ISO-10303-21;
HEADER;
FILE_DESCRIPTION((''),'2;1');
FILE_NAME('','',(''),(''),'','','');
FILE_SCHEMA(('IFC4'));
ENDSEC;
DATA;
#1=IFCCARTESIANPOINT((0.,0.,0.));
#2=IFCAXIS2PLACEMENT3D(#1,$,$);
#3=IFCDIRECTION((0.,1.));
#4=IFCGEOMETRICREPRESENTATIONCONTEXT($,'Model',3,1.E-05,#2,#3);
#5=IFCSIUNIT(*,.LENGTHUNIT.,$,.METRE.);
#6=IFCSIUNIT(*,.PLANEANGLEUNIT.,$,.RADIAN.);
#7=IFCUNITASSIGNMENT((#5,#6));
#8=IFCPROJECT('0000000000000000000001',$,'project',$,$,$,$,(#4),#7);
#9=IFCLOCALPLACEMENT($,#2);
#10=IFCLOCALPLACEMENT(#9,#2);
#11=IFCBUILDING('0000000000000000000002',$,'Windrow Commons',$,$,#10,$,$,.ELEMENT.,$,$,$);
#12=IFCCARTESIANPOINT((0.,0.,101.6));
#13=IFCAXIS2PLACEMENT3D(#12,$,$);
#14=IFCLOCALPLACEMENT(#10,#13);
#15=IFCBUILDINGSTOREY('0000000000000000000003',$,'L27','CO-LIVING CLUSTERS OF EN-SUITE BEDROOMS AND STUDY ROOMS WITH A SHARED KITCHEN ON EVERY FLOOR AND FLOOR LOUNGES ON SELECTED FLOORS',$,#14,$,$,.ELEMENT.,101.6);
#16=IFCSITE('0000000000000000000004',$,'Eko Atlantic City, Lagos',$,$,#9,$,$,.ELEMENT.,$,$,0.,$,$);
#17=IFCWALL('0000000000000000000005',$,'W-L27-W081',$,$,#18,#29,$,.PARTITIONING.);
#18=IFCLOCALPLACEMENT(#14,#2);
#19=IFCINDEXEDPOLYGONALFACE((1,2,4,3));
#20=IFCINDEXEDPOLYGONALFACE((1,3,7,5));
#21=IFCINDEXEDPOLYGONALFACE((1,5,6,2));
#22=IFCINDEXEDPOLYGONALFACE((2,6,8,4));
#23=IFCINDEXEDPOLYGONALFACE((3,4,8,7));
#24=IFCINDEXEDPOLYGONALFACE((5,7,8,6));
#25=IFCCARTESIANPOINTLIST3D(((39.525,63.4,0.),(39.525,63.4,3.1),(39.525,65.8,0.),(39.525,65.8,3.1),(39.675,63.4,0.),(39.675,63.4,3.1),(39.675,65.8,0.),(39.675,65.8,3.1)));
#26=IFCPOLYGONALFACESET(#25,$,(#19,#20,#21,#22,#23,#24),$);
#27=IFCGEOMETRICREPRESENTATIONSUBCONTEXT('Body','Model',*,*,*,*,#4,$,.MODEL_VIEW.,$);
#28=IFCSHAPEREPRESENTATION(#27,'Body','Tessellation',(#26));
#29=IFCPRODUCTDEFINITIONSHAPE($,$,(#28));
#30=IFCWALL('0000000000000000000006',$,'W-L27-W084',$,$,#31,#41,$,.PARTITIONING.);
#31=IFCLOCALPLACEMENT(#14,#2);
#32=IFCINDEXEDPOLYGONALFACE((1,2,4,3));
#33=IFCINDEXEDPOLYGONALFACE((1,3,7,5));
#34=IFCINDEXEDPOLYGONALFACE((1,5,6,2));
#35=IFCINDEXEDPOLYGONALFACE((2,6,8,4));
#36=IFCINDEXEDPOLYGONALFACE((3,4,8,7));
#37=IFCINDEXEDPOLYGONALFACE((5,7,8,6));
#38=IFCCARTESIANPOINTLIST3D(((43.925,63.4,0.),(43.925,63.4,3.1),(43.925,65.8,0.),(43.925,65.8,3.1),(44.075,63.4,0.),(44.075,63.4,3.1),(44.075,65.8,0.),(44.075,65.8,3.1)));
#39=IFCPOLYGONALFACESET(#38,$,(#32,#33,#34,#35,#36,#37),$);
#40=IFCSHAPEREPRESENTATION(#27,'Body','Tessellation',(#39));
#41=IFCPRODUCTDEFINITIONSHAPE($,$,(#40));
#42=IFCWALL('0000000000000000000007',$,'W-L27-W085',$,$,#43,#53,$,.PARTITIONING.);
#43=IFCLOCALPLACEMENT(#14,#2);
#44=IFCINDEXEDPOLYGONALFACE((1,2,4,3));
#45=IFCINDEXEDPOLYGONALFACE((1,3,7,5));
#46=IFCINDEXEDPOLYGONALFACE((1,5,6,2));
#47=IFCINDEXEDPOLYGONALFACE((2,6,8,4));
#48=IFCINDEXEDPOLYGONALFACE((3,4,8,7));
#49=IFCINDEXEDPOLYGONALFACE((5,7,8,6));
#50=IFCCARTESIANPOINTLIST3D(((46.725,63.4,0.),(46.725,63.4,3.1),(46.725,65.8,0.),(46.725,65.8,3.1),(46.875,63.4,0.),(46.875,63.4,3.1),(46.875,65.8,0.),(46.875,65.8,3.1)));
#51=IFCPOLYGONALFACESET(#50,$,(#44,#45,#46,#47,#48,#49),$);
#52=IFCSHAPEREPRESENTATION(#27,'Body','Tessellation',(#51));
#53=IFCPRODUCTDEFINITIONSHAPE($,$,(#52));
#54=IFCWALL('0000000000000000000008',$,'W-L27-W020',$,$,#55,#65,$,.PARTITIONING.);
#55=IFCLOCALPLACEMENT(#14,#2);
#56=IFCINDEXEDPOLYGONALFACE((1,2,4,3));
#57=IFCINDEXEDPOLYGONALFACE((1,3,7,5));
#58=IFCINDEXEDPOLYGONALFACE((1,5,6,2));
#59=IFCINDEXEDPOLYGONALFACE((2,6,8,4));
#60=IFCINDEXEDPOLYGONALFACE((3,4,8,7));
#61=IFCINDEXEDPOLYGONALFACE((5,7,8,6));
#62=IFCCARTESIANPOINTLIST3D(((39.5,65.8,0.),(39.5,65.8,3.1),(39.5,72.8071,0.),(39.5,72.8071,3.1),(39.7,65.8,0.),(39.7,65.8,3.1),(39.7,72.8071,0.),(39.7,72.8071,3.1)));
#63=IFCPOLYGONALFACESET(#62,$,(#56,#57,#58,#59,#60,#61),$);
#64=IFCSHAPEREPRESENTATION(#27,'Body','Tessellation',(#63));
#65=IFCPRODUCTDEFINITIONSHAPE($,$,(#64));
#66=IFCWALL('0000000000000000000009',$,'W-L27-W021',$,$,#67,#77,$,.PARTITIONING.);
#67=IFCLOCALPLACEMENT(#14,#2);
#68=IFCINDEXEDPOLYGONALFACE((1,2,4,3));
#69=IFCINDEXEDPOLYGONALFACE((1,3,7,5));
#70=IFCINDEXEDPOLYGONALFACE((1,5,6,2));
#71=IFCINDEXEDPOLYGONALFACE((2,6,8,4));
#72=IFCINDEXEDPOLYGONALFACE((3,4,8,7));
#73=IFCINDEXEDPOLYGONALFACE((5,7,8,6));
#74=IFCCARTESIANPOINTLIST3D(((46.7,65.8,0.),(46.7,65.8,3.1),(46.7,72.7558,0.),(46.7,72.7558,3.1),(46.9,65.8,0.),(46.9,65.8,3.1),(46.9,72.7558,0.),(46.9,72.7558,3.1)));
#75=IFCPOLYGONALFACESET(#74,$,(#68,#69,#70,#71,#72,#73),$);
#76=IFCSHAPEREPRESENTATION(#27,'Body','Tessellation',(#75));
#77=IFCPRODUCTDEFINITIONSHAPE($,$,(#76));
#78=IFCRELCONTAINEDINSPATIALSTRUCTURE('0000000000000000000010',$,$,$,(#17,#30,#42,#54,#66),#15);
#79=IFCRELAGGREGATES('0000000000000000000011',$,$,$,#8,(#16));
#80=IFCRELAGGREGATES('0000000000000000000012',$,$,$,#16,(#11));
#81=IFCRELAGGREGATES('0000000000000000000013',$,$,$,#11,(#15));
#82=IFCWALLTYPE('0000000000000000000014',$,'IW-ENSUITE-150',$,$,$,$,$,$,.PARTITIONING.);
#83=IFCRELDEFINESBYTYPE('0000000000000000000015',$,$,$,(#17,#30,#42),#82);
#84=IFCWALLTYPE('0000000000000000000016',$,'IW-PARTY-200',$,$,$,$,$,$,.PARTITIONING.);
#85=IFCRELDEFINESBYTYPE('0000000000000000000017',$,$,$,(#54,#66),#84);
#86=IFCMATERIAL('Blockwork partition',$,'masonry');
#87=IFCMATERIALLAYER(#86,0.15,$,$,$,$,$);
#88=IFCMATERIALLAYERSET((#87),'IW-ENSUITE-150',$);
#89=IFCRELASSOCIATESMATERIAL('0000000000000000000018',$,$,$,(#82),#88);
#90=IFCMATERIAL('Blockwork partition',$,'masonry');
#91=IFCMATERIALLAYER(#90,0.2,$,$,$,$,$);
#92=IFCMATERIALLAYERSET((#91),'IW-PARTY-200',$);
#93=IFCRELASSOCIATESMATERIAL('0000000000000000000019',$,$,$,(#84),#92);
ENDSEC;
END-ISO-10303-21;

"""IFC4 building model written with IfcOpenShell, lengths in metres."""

from ifc_helpers import new_model, si_unit, direction, frame, frame_2d, origin, place, context, subcontext, project, spatial, rectangle, extrude, material, layer, layer_set, type_object, element, save


model = new_model("IFC4")

# Units and contexts
model_context = context("Model", 3, precision=1e-05, world=origin(), true_north=direction((0.0, 1.0)))
body_context = subcontext(model_context, "Body", "Model", "MODEL_VIEW")
ifc_project = project(units=[si_unit("LENGTHUNIT", "METRE"), si_unit("PLANEANGLEUNIT", "RADIAN")], contexts=[model_context])

# Site, building, storey
site_placement = place(None, origin())
site = spatial("IfcSite", under=ifc_project, at=site_placement, Name="Eko Atlantic City, Lagos", CompositionType="ELEMENT", RefElevation=0.0)
building_placement = place(site_placement, origin())
building = spatial("IfcBuilding", under=site, at=building_placement, Name="Windrow Commons", CompositionType="ELEMENT")
storey_placement = place(building_placement, frame((0.0, 0.0, 101.6)))
storey = spatial("IfcBuildingStorey", under=building, at=storey_placement, Name="L27", Description="CO-LIVING CLUSTERS OF EN-SUITE BEDROOMS AND STUDY ROOMS WITH A SHARED KITCHEN ON EVERY FLOOR AND FLOOR LOUNGES ON SELECTED FLOORS", CompositionType="ELEMENT", Elevation=101.6)

# Shared definitions
ifc_material_1 = material(Name="Blockwork partition", Category="masonry")
ifc_layer_1 = layer(ifc_material_1, 0.15)
ifc_layer_set_1 = layer_set([ifc_layer_1], Name="IW-ENSUITE-150")
wall_type_1 = type_object("IfcWallType", Name="IW-ENSUITE-150", PredefinedType="PARTITIONING", material=ifc_layer_set_1)

# Walls
for number, where, z_axis, x_axis, name in (
    (1, (39.6, 63.4, 0.0), (0.0, 0.0, 1.0), (0.0, 1.0, 0.0), "W-L27-W081"),
    (2, (44.0, 63.4, 0.0), (0.0, 0.0, 1.0), (0.0, 1.0, 0.0), "W-L27-W084"),
    (3, (46.8, 63.4, 0.0), (0.0, 0.0, 1.0), (0.0, 1.0, 0.0), "W-L27-W085"),
):
    element("IfcWall", number, at=place(storey_placement, frame(where, z_axis=z_axis, x_axis=x_axis)), inside=storey, type_object=wall_type_1, Name=name, PredefinedType="PARTITIONING", context=body_context, shape_type="SweptSolid", body=[
        extrude(rectangle(XDim=2.4, YDim=0.15, at=frame_2d((1.2, 0.0))), origin(), (0.0, 0.0, 1.0), 3.1),
    ])
ifc_material_2 = material(Name="Blockwork partition", Category="masonry")
ifc_layer_2 = layer(ifc_material_2, 0.2)
ifc_layer_set_2 = layer_set([ifc_layer_2], Name="IW-PARTY-200")
wall_type_2 = type_object("IfcWallType", Name="IW-PARTY-200", PredefinedType="PARTITIONING", material=ifc_layer_set_2)
wall_1_placement = place(storey_placement, frame((39.6, 65.8, 0.0), z_axis=(0.0, 0.0, 1.0), x_axis=(0.0, 1.0, 0.0)))
element("IfcWall", 4, at=wall_1_placement, inside=storey, type_object=wall_type_2, Name="W-L27-W020", PredefinedType="PARTITIONING", context=body_context, shape_type="SweptSolid", body=[
    extrude(rectangle(XDim=7.0071, YDim=0.2, at=frame_2d((3.5036, 0.0))), origin(), (0.0, 0.0, 1.0), 3.1),
])
wall_2_placement = place(storey_placement, frame((46.8, 65.8, 0.0), z_axis=(0.0, 0.0, 1.0), x_axis=(0.0, 1.0, 0.0)))
element("IfcWall", 5, at=wall_2_placement, inside=storey, type_object=wall_type_2, Name="W-L27-W021", PredefinedType="PARTITIONING", context=body_context, shape_type="SweptSolid", body=[
    extrude(rectangle(XDim=6.9559, YDim=0.2, at=frame_2d((3.4779, 0.0))), origin(), (0.0, 0.0, 1.0), 3.1),
])

save(model, "model.ifc")
